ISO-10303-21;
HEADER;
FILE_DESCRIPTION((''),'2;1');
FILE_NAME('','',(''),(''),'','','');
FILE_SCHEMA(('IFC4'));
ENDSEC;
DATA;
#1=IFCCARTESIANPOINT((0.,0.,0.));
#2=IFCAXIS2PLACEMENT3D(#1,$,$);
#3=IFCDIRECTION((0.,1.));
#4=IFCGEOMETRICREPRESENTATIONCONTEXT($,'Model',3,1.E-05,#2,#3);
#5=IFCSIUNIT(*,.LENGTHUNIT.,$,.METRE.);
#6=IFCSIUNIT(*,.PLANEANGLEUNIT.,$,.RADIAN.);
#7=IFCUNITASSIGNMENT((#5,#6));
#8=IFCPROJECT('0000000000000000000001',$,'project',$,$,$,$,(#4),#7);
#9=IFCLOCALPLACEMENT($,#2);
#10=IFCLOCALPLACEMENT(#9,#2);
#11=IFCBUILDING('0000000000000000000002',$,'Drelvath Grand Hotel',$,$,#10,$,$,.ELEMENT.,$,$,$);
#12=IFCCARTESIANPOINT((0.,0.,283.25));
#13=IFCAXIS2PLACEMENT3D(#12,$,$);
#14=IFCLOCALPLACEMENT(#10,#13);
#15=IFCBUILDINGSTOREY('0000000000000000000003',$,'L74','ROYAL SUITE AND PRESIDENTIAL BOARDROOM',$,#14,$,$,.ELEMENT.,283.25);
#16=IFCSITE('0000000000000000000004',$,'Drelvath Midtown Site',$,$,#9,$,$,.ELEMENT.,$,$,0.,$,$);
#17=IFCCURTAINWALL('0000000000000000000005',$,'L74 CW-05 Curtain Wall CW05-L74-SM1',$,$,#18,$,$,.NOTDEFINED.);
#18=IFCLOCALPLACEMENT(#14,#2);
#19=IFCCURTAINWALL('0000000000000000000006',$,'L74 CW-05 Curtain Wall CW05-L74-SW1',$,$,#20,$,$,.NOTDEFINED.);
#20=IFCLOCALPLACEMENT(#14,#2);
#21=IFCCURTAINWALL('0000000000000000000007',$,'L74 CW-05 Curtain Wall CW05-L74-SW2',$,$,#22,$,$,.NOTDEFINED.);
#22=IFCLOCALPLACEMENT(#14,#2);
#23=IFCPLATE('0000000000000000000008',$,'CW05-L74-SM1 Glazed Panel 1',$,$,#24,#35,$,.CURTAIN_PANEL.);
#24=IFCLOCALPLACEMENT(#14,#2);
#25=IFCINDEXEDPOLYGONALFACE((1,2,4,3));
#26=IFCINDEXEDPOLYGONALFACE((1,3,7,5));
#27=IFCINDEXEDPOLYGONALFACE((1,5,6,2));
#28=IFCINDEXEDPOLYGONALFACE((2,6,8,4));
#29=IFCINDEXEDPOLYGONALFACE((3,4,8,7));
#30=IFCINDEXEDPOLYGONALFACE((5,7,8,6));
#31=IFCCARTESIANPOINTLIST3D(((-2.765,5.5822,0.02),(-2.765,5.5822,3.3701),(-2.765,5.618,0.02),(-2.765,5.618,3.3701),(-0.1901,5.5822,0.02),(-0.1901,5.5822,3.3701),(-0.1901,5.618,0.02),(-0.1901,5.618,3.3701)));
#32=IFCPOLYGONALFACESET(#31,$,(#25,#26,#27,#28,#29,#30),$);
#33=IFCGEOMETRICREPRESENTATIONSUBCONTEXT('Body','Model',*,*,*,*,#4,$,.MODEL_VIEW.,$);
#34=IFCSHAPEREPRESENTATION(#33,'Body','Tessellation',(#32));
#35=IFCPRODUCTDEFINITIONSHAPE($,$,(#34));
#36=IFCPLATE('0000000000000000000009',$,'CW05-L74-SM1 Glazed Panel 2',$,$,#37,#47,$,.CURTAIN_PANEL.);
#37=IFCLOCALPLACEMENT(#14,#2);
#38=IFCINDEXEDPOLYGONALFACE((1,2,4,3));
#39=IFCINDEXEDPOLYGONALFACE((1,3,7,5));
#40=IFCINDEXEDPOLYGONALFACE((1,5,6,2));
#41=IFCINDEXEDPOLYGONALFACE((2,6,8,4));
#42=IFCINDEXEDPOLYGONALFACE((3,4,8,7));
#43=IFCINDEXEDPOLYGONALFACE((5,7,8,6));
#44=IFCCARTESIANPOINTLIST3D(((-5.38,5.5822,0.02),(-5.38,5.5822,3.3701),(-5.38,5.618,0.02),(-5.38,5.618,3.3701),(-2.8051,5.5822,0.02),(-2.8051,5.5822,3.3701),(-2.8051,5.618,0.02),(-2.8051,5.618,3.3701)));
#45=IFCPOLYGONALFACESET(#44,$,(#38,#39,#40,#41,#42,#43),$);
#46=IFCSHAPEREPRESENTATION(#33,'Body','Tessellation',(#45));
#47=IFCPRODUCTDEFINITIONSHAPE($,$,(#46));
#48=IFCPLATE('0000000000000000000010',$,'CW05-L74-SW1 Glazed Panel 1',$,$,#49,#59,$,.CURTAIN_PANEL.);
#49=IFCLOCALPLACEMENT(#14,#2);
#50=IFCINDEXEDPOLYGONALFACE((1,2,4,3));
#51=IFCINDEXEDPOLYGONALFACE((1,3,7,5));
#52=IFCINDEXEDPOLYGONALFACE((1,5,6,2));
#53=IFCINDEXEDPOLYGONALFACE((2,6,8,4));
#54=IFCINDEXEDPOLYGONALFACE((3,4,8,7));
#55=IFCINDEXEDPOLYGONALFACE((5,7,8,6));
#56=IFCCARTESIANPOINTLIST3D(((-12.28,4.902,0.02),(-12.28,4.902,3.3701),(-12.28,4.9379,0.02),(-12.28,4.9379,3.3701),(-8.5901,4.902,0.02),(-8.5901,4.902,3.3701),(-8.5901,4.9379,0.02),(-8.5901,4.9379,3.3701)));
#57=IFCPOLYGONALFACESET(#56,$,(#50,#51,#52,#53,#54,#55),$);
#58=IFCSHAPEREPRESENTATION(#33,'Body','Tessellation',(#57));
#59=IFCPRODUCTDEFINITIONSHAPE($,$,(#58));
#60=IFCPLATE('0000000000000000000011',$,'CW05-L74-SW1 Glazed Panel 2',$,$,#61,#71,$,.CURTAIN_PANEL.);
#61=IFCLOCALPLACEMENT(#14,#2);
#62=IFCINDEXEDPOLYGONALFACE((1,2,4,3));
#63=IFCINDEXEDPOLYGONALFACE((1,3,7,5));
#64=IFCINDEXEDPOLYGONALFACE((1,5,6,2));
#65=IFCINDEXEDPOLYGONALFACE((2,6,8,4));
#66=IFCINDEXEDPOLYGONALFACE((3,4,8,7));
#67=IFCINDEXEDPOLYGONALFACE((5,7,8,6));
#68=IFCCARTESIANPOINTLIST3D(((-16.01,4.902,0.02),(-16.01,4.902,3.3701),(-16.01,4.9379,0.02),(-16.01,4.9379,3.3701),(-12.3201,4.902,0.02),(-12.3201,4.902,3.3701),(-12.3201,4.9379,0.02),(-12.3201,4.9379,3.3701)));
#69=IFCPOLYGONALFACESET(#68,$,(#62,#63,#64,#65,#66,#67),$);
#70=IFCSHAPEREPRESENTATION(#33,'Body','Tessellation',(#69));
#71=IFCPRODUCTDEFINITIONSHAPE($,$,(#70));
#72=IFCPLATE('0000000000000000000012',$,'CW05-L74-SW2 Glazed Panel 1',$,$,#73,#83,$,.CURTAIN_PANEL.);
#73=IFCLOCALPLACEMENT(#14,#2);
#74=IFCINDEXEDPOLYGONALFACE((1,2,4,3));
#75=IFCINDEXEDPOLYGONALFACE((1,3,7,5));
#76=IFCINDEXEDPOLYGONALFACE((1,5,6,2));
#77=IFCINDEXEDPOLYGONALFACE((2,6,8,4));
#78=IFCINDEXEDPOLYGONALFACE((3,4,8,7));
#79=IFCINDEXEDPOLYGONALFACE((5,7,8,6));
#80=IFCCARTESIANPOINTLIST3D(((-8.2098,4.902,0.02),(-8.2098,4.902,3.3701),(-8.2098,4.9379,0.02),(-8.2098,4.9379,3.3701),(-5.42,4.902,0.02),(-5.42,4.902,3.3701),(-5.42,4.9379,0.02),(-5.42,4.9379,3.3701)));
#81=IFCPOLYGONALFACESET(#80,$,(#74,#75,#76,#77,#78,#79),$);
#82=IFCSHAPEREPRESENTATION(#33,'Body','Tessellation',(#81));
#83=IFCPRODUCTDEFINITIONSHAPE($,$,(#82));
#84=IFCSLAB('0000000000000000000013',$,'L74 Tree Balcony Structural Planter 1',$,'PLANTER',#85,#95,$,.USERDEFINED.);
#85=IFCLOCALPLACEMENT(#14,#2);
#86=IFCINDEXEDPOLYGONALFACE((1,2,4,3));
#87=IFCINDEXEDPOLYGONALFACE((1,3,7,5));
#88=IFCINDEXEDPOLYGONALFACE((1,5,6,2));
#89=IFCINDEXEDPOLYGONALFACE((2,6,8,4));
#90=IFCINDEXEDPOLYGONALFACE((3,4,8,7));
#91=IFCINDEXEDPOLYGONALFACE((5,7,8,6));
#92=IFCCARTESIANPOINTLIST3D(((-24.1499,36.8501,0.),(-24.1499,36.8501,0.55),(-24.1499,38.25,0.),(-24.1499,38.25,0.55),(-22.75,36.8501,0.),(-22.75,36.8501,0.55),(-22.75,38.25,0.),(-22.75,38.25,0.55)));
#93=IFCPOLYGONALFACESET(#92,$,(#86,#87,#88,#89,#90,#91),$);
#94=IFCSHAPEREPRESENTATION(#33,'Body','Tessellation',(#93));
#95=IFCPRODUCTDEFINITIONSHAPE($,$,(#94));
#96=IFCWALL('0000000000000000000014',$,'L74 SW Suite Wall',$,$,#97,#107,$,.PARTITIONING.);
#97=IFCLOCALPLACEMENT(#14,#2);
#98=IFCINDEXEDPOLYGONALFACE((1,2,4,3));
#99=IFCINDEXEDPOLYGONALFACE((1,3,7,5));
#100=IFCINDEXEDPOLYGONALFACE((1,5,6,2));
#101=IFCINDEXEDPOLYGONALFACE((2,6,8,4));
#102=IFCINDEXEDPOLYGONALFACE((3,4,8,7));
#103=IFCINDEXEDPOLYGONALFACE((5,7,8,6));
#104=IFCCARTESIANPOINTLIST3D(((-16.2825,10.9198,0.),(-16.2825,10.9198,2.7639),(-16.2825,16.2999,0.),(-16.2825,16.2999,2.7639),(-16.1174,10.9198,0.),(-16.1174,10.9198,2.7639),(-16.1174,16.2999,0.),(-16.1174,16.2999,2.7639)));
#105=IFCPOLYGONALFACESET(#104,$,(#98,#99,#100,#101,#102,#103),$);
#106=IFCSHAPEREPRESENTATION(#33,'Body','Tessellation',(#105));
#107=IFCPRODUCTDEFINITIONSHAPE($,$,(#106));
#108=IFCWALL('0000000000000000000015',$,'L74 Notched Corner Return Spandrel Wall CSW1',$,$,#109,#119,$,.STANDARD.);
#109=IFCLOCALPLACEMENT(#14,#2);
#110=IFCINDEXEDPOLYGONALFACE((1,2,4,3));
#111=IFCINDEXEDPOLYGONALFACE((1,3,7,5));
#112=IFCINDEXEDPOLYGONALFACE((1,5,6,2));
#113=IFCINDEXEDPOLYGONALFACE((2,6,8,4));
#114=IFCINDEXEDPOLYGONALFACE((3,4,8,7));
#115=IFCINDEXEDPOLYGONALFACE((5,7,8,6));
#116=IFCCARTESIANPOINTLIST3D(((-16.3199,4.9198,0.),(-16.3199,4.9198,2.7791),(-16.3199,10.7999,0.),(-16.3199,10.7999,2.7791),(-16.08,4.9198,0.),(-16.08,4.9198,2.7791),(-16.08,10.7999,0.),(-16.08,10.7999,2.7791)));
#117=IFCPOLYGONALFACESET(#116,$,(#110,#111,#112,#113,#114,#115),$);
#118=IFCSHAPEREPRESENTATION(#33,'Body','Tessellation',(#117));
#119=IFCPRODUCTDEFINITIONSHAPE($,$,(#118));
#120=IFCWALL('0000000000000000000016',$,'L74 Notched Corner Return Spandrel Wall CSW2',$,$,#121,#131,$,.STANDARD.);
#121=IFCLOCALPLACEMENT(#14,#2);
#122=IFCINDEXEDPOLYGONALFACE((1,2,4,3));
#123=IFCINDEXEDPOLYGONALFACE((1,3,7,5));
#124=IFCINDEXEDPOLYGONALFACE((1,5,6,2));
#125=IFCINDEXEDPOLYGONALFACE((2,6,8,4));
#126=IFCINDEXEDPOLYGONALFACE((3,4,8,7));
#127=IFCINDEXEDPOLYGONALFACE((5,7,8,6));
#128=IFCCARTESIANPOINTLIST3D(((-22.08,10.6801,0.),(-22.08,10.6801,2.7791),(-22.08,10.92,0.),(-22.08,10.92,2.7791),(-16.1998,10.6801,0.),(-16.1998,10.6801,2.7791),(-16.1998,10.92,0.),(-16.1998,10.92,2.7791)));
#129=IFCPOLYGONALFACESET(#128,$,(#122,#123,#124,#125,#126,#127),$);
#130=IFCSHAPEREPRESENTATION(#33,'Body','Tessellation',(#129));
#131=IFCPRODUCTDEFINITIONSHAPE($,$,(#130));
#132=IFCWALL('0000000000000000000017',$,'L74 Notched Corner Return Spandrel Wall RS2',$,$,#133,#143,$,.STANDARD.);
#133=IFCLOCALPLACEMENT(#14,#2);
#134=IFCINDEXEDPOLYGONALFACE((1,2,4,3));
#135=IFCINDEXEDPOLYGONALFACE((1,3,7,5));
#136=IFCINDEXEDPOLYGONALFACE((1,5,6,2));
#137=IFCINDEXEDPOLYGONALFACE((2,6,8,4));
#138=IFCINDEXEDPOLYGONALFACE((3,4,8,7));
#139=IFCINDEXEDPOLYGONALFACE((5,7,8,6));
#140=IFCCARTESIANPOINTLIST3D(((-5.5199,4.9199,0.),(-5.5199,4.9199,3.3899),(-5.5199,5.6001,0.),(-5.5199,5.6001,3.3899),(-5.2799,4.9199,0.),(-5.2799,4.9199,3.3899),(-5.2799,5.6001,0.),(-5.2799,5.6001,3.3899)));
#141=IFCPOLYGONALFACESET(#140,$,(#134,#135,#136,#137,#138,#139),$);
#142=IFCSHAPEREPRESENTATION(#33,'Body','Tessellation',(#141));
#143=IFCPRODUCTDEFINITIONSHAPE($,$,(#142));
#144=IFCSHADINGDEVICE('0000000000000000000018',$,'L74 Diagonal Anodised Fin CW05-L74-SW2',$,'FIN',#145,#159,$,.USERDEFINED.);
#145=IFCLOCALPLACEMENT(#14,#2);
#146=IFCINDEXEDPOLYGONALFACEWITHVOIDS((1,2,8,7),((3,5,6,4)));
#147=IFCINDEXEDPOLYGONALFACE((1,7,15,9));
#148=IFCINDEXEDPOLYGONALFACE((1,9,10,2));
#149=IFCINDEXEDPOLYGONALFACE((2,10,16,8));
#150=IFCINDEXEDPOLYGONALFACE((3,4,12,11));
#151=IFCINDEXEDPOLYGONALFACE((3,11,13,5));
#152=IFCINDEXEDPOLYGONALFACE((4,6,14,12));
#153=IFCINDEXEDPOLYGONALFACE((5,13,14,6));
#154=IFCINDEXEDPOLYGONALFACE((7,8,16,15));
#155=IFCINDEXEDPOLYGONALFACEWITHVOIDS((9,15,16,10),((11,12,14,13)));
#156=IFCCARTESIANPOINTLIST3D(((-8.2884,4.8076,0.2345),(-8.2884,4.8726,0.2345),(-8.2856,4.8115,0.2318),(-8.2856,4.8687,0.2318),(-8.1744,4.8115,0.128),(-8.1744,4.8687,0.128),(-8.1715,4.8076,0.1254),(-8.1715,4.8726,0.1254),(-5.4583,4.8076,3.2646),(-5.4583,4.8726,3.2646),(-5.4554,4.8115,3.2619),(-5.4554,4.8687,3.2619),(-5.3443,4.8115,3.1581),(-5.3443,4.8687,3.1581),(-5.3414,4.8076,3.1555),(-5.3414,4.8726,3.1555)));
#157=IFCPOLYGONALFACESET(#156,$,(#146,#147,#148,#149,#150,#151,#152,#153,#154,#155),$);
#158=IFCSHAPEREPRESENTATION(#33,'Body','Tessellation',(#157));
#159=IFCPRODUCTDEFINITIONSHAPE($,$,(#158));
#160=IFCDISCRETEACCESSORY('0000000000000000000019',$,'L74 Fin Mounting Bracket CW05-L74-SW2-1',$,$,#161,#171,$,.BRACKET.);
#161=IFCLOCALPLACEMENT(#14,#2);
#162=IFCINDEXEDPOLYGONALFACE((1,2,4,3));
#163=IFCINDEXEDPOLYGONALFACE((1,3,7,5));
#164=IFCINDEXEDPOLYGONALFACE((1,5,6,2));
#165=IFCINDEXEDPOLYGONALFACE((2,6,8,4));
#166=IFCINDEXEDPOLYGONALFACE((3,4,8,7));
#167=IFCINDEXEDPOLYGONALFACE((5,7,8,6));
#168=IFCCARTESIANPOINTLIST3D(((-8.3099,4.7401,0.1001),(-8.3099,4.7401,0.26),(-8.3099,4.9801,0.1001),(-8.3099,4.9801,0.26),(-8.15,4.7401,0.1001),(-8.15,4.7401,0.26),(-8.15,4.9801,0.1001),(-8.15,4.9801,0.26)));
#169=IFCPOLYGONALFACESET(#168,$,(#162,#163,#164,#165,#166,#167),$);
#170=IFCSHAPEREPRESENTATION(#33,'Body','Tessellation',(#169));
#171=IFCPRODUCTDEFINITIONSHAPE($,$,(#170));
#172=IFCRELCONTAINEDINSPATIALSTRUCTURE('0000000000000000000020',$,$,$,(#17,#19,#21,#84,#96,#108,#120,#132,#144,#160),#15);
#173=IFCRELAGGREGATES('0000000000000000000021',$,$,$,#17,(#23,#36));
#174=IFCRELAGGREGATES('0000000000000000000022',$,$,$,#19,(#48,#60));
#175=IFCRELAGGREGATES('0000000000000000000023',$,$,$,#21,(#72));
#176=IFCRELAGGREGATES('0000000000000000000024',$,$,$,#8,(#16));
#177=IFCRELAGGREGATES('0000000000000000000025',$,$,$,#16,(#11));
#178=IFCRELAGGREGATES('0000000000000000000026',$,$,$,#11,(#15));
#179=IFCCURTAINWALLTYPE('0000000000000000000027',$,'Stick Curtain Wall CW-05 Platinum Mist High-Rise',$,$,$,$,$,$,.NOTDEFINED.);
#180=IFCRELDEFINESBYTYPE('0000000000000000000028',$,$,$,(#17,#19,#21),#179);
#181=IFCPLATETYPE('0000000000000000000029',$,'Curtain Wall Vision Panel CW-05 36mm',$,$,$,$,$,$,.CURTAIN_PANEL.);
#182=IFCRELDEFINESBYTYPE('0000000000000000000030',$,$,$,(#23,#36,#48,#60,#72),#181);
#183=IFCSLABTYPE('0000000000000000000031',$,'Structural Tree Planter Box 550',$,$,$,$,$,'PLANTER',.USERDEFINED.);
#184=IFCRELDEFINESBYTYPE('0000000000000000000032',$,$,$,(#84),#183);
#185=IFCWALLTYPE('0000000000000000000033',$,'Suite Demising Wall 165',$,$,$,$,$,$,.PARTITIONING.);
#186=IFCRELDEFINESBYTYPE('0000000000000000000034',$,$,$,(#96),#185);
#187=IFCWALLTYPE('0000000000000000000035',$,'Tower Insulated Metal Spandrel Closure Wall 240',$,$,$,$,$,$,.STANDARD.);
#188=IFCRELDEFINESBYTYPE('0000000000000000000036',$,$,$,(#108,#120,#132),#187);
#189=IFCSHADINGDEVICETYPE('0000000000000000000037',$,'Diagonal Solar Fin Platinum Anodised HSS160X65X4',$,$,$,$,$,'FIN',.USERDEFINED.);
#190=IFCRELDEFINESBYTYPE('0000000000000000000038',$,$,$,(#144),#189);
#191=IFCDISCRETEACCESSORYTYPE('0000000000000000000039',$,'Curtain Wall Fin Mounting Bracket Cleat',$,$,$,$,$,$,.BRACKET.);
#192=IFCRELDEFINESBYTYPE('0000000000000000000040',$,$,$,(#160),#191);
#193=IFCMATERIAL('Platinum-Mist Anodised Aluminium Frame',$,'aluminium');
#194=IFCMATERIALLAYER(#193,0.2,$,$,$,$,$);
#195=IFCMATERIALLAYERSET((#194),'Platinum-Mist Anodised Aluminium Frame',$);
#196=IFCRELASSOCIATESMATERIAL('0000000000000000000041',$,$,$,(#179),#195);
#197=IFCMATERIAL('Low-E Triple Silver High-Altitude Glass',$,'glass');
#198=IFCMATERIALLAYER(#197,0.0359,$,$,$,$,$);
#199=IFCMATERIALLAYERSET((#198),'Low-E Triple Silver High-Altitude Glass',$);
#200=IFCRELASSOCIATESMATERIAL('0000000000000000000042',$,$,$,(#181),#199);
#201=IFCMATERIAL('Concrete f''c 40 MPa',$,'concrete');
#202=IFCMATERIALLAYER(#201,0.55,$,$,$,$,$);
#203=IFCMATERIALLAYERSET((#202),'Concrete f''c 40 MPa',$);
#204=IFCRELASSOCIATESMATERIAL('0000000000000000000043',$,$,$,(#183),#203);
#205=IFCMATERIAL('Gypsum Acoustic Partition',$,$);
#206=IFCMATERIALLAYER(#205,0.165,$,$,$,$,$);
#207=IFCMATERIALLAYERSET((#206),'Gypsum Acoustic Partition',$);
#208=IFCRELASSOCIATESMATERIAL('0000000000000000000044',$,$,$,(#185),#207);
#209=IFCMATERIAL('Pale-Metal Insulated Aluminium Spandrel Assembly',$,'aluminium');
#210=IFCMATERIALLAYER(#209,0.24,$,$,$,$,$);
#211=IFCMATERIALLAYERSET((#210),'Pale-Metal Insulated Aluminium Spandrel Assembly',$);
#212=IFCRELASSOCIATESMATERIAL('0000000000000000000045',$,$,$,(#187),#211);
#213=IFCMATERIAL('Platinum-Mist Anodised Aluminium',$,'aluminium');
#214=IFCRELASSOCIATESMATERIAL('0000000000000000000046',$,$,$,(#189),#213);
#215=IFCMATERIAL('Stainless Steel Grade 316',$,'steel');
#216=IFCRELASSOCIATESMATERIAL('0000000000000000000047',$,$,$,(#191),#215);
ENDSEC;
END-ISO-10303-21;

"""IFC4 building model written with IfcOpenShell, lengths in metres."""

from ifc_helpers import new_model, si_unit, direction, frame, frame_2d, origin, origin_2d, place, context, subcontext, project, spatial, polyline, rectangle, hollow_rectangle, outline, extrude, material, layer, layer_set, material_profile, profile_set, type_object, element, aggregate, save


model = new_model("IFC4")

# Units and contexts
model_context = context("Model", 3, precision=1e-05, world=origin(), true_north=direction((0.0, 1.0)))
body_context = subcontext(model_context, "Body", "Model", "MODEL_VIEW")
ifc_project = project(units=[si_unit("LENGTHUNIT", "METRE"), si_unit("PLANEANGLEUNIT", "RADIAN")], contexts=[model_context])

# Site, building, storey
site_placement = place(None, origin())
site = spatial("IfcSite", under=ifc_project, at=site_placement, Name="Drelvath Midtown Site", CompositionType="ELEMENT", RefElevation=0.0)
building_placement = place(site_placement, origin())
building = spatial("IfcBuilding", under=site, at=building_placement, Name="Drelvath Grand Hotel", CompositionType="ELEMENT")
storey_placement = place(building_placement, frame((0.0, 0.0, 283.25)))
storey = spatial("IfcBuildingStorey", under=building, at=storey_placement, Name="L74", Description="ROYAL SUITE AND PRESIDENTIAL BOARDROOM", CompositionType="ELEMENT", Elevation=283.25)

# Curtain walls
ifc_material_1 = material(Name="Platinum-Mist Anodised Aluminium Frame", Category="aluminium")
ifc_layer_1 = layer(ifc_material_1, 0.2)
ifc_layer_set_1 = layer_set([ifc_layer_1], Name="Platinum-Mist Anodised Aluminium Frame")
curtain_wall_type = type_object("IfcCurtainWallType", Name="Stick Curtain Wall CW-05 Platinum Mist High-Rise", PredefinedType="NOTDEFINED", material=ifc_layer_set_1)
curtain_wall_1_placement = place(storey_placement, origin())
curtain_wall_1 = element("IfcCurtainWall", 1, at=curtain_wall_1_placement, inside=storey, type_object=curtain_wall_type, Name="L74 CW-05 Curtain Wall CW05-L74-SM1", PredefinedType="NOTDEFINED")
curtain_wall_2_placement = place(storey_placement, origin())
curtain_wall_2 = element("IfcCurtainWall", 2, at=curtain_wall_2_placement, inside=storey, type_object=curtain_wall_type, Name="L74 CW-05 Curtain Wall CW05-L74-SW1", PredefinedType="NOTDEFINED")
curtain_wall_3_placement = place(storey_placement, origin())
curtain_wall_3 = element("IfcCurtainWall", 3, at=curtain_wall_3_placement, inside=storey, type_object=curtain_wall_type, Name="L74 CW-05 Curtain Wall CW05-L74-SW2", PredefinedType="NOTDEFINED")

# Shared definitions
ifc_material_2 = material(Name="Concrete f'c 40 MPa", Category="concrete")

# Plates
ifc_material_3 = material(Name="Low-E Triple Silver High-Altitude Glass", Category="glass")
ifc_layer_2 = layer(ifc_material_3, 0.0359)
ifc_layer_set_2 = layer_set([ifc_layer_2], Name="Low-E Triple Silver High-Altitude Glass")
plate_type = type_object("IfcPlateType", Name="Curtain Wall Vision Panel CW-05 36mm", PredefinedType="CURTAIN_PANEL", material=ifc_layer_set_2)
plate_1_placement = place(storey_placement, frame((-1.4775, 5.6001, 0.02), z_axis=(0.0, 0.0, 1.0), x_axis=(-1.0, 0.0, 0.0)))
plate_1 = element("IfcPlate", 4, at=plate_1_placement, type_object=plate_type, Name="CW05-L74-SM1 Glazed Panel 1", PredefinedType="CURTAIN_PANEL", context=body_context, shape_type="SweptSolid", body=[
    extrude(rectangle(XDim=2.575, YDim=0.0359, at=origin_2d()), origin(), (0.0, 0.0, 1.0), 3.3501),
])
plate_2_placement = place(storey_placement, frame((-4.0925, 5.6001, 0.02), z_axis=(0.0, 0.0, 1.0), x_axis=(-1.0, 0.0, 0.0)))
plate_2 = element("IfcPlate", 5, at=plate_2_placement, type_object=plate_type, Name="CW05-L74-SM1 Glazed Panel 2", PredefinedType="CURTAIN_PANEL", context=body_context, shape_type="SweptSolid", body=[
    extrude(rectangle(XDim=2.575, YDim=0.0359, at=origin_2d()), origin(), (0.0, 0.0, 1.0), 3.3501),
])
aggregate(curtain_wall_1, [plate_1, plate_2])
plate_3_placement = place(storey_placement, frame((-10.4351, 4.9199, 0.02), z_axis=(0.0, 0.0, 1.0), x_axis=(-1.0, 0.0, 0.0)))
plate_3 = element("IfcPlate", 6, at=plate_3_placement, type_object=plate_type, Name="CW05-L74-SW1 Glazed Panel 1", PredefinedType="CURTAIN_PANEL", context=body_context, shape_type="SweptSolid", body=[
    extrude(rectangle(XDim=3.6899, YDim=0.0359, at=origin_2d()), origin(), (0.0, 0.0, 1.0), 3.3501),
])
plate_4_placement = place(storey_placement, frame((-14.165, 4.9199, 0.02), z_axis=(0.0, 0.0, 1.0), x_axis=(-1.0, 0.0, 0.0)))
plate_4 = element("IfcPlate", 7, at=plate_4_placement, type_object=plate_type, Name="CW05-L74-SW1 Glazed Panel 2", PredefinedType="CURTAIN_PANEL", context=body_context, shape_type="SweptSolid", body=[
    extrude(rectangle(XDim=3.6899, YDim=0.0359, at=origin_2d()), origin(), (0.0, 0.0, 1.0), 3.3501),
])
aggregate(curtain_wall_2, [plate_3, plate_4])
plate_5_placement = place(storey_placement, frame((-6.8149, 4.9199, 0.02), z_axis=(0.0, 0.0, 1.0), x_axis=(-1.0, 0.0, 0.0)))
plate_5 = element("IfcPlate", 8, at=plate_5_placement, type_object=plate_type, Name="CW05-L74-SW2 Glazed Panel 1", PredefinedType="CURTAIN_PANEL", context=body_context, shape_type="SweptSolid", body=[
    extrude(rectangle(XDim=2.7898, YDim=0.0359, at=origin_2d()), origin(), (0.0, 0.0, 1.0), 3.3501),
])
aggregate(curtain_wall_3, [plate_5])

# Slab
ifc_layer_3 = layer(ifc_material_2, 0.55)
ifc_layer_set_3 = layer_set([ifc_layer_3], Name="Concrete f'c 40 MPa")
slab_type_1 = type_object("IfcSlabType", Name="Structural Tree Planter Box 550", ElementType="PLANTER", PredefinedType="USERDEFINED", material=ifc_layer_set_3)
slab_1_placement = place(storey_placement, origin())
element("IfcSlab", 9, at=slab_1_placement, inside=storey, type_object=slab_type_1, Name="L74 Tree Balcony Structural Planter 1", ObjectType="PLANTER", PredefinedType="USERDEFINED", context=body_context, shape_type="SweptSolid", body=[
    extrude(outline(polyline([(-24.1499, 36.8501), (-22.75, 36.8501), (-22.75, 38.25), (-24.1499, 38.25), (-24.1499, 36.8501)])), origin(), (0.0, 0.0, 1.0), 0.55),
])

# Walls
ifc_material_4 = material(Name="Gypsum Acoustic Partition")
ifc_layer_4 = layer(ifc_material_4, 0.165)
ifc_layer_set_4 = layer_set([ifc_layer_4], Name="Gypsum Acoustic Partition")
wall_type_1 = type_object("IfcWallType", Name="Suite Demising Wall 165", PredefinedType="PARTITIONING", material=ifc_layer_set_4)
wall_1_placement = place(storey_placement, frame((-16.2, 10.9199, 0.0), z_axis=(0.0, 0.0, 1.0), x_axis=(0.0, 1.0, 0.0)))
element("IfcWall", 10, at=wall_1_placement, inside=storey, type_object=wall_type_1, Name="L74 SW Suite Wall", PredefinedType="PARTITIONING", context=body_context, shape_type="SweptSolid", body=[
    extrude(rectangle(XDim=5.3801, YDim=0.165, at=frame_2d((2.6899, 0.0))), origin(), (0.0, 0.0, 1.0), 2.7639),
])
ifc_material_5 = material(Name="Pale-Metal Insulated Aluminium Spandrel Assembly", Category="aluminium")
ifc_layer_5 = layer(ifc_material_5, 0.24)
ifc_layer_set_5 = layer_set([ifc_layer_5], Name="Pale-Metal Insulated Aluminium Spandrel Assembly")
wall_type_2 = type_object("IfcWallType", Name="Tower Insulated Metal Spandrel Closure Wall 240", PredefinedType="STANDARD", material=ifc_layer_set_5)
for number, where, z_axis, x_axis, name in (
    (11, (-16.2, 4.9199, 0.0), (0.0, 0.0, 1.0), (0.0, 1.0, 0.0), "L74 Notched Corner Return Spandrel Wall CSW1"),
    (12, (-16.2, 10.8, 0.0), (0.0, 0.0, 1.0), (-1.0, 0.0, 0.0), "L74 Notched Corner Return Spandrel Wall CSW2"),
):
    element("IfcWall", number, at=place(storey_placement, frame(where, z_axis=z_axis, x_axis=x_axis)), inside=storey, type_object=wall_type_2, Name=name, PredefinedType="STANDARD", context=body_context, shape_type="SweptSolid", body=[
        extrude(rectangle(XDim=5.8801, YDim=0.24, at=frame_2d((2.9399, 0.0))), origin(), (0.0, 0.0, 1.0), 2.7791),
    ])
wall_2_placement = place(storey_placement, frame((-5.3999, 5.6001, 0.0), z_axis=(0.0, 0.0, 1.0), x_axis=(0.0, -1.0, 0.0)))
element("IfcWall", 13, at=wall_2_placement, inside=storey, type_object=wall_type_2, Name="L74 Notched Corner Return Spandrel Wall RS2", PredefinedType="STANDARD", context=body_context, shape_type="SweptSolid", body=[
    extrude(rectangle(XDim=0.6802, YDim=0.24, at=frame_2d((0.3401, 0.0))), origin(), (0.0, 0.0, 1.0), 3.3899),
])

# Shading device
ifc_material_6 = material(Name="Platinum-Mist Anodised Aluminium", Category="aluminium")
ifc_material_profile_1 = material_profile(ifc_material_6, hollow_rectangle(XDim=0.0649, YDim=0.1599, WallThickness=0.0039, at=origin_2d()), Name="HSS160X65X4")
ifc_profile_set_1 = profile_set([ifc_material_profile_1], Name="Platinum-Mist Anodised Aluminium")
shading_device_type = type_object("IfcShadingDeviceType", Name="Diagonal Solar Fin Platinum Anodised HSS160X65X4", ElementType="FIN", PredefinedType="USERDEFINED", material=ifc_profile_set_1)
shading_device_placement = place(storey_placement, frame((-8.23, 4.8401, 0.1799), z_axis=(0.682583, 0.0, 0.730808), x_axis=(0.0, 1.0, 0.0)))
element("IfcShadingDevice", 14, at=shading_device_placement, inside=storey, type_object=shading_device_type, Name="L74 Diagonal Anodised Fin CW05-L74-SW2", ObjectType="FIN", PredefinedType="USERDEFINED", context=body_context, shape_type="SweptSolid", body=[
    extrude(hollow_rectangle(XDim=0.0649, YDim=0.1599, WallThickness=0.0039, at=origin_2d()), origin(), (0.0, 0.0, 1.0), 4.1462),
])

# Discrete accessory
ifc_material_7 = material(Name="Stainless Steel Grade 316", Category="steel")
discrete_accessory_type = type_object("IfcDiscreteAccessoryType", Name="Curtain Wall Fin Mounting Bracket Cleat", PredefinedType="BRACKET", material=ifc_material_7)
discrete_accessory_placement = place(storey_placement, frame((-8.23, 4.8601, 0.1001), z_axis=(0.0, 0.0, 1.0), x_axis=(-1.0, 0.0, 0.0)))
element("IfcDiscreteAccessory", 15, at=discrete_accessory_placement, inside=storey, type_object=discrete_accessory_type, Name="L74 Fin Mounting Bracket CW05-L74-SW2-1", PredefinedType="BRACKET", context=body_context, shape_type="SweptSolid", body=[
    extrude(rectangle(XDim=0.1599, YDim=0.24, at=origin_2d()), origin(), (0.0, 0.0, 1.0), 0.1599),
])

save(model, "model.ifc")
